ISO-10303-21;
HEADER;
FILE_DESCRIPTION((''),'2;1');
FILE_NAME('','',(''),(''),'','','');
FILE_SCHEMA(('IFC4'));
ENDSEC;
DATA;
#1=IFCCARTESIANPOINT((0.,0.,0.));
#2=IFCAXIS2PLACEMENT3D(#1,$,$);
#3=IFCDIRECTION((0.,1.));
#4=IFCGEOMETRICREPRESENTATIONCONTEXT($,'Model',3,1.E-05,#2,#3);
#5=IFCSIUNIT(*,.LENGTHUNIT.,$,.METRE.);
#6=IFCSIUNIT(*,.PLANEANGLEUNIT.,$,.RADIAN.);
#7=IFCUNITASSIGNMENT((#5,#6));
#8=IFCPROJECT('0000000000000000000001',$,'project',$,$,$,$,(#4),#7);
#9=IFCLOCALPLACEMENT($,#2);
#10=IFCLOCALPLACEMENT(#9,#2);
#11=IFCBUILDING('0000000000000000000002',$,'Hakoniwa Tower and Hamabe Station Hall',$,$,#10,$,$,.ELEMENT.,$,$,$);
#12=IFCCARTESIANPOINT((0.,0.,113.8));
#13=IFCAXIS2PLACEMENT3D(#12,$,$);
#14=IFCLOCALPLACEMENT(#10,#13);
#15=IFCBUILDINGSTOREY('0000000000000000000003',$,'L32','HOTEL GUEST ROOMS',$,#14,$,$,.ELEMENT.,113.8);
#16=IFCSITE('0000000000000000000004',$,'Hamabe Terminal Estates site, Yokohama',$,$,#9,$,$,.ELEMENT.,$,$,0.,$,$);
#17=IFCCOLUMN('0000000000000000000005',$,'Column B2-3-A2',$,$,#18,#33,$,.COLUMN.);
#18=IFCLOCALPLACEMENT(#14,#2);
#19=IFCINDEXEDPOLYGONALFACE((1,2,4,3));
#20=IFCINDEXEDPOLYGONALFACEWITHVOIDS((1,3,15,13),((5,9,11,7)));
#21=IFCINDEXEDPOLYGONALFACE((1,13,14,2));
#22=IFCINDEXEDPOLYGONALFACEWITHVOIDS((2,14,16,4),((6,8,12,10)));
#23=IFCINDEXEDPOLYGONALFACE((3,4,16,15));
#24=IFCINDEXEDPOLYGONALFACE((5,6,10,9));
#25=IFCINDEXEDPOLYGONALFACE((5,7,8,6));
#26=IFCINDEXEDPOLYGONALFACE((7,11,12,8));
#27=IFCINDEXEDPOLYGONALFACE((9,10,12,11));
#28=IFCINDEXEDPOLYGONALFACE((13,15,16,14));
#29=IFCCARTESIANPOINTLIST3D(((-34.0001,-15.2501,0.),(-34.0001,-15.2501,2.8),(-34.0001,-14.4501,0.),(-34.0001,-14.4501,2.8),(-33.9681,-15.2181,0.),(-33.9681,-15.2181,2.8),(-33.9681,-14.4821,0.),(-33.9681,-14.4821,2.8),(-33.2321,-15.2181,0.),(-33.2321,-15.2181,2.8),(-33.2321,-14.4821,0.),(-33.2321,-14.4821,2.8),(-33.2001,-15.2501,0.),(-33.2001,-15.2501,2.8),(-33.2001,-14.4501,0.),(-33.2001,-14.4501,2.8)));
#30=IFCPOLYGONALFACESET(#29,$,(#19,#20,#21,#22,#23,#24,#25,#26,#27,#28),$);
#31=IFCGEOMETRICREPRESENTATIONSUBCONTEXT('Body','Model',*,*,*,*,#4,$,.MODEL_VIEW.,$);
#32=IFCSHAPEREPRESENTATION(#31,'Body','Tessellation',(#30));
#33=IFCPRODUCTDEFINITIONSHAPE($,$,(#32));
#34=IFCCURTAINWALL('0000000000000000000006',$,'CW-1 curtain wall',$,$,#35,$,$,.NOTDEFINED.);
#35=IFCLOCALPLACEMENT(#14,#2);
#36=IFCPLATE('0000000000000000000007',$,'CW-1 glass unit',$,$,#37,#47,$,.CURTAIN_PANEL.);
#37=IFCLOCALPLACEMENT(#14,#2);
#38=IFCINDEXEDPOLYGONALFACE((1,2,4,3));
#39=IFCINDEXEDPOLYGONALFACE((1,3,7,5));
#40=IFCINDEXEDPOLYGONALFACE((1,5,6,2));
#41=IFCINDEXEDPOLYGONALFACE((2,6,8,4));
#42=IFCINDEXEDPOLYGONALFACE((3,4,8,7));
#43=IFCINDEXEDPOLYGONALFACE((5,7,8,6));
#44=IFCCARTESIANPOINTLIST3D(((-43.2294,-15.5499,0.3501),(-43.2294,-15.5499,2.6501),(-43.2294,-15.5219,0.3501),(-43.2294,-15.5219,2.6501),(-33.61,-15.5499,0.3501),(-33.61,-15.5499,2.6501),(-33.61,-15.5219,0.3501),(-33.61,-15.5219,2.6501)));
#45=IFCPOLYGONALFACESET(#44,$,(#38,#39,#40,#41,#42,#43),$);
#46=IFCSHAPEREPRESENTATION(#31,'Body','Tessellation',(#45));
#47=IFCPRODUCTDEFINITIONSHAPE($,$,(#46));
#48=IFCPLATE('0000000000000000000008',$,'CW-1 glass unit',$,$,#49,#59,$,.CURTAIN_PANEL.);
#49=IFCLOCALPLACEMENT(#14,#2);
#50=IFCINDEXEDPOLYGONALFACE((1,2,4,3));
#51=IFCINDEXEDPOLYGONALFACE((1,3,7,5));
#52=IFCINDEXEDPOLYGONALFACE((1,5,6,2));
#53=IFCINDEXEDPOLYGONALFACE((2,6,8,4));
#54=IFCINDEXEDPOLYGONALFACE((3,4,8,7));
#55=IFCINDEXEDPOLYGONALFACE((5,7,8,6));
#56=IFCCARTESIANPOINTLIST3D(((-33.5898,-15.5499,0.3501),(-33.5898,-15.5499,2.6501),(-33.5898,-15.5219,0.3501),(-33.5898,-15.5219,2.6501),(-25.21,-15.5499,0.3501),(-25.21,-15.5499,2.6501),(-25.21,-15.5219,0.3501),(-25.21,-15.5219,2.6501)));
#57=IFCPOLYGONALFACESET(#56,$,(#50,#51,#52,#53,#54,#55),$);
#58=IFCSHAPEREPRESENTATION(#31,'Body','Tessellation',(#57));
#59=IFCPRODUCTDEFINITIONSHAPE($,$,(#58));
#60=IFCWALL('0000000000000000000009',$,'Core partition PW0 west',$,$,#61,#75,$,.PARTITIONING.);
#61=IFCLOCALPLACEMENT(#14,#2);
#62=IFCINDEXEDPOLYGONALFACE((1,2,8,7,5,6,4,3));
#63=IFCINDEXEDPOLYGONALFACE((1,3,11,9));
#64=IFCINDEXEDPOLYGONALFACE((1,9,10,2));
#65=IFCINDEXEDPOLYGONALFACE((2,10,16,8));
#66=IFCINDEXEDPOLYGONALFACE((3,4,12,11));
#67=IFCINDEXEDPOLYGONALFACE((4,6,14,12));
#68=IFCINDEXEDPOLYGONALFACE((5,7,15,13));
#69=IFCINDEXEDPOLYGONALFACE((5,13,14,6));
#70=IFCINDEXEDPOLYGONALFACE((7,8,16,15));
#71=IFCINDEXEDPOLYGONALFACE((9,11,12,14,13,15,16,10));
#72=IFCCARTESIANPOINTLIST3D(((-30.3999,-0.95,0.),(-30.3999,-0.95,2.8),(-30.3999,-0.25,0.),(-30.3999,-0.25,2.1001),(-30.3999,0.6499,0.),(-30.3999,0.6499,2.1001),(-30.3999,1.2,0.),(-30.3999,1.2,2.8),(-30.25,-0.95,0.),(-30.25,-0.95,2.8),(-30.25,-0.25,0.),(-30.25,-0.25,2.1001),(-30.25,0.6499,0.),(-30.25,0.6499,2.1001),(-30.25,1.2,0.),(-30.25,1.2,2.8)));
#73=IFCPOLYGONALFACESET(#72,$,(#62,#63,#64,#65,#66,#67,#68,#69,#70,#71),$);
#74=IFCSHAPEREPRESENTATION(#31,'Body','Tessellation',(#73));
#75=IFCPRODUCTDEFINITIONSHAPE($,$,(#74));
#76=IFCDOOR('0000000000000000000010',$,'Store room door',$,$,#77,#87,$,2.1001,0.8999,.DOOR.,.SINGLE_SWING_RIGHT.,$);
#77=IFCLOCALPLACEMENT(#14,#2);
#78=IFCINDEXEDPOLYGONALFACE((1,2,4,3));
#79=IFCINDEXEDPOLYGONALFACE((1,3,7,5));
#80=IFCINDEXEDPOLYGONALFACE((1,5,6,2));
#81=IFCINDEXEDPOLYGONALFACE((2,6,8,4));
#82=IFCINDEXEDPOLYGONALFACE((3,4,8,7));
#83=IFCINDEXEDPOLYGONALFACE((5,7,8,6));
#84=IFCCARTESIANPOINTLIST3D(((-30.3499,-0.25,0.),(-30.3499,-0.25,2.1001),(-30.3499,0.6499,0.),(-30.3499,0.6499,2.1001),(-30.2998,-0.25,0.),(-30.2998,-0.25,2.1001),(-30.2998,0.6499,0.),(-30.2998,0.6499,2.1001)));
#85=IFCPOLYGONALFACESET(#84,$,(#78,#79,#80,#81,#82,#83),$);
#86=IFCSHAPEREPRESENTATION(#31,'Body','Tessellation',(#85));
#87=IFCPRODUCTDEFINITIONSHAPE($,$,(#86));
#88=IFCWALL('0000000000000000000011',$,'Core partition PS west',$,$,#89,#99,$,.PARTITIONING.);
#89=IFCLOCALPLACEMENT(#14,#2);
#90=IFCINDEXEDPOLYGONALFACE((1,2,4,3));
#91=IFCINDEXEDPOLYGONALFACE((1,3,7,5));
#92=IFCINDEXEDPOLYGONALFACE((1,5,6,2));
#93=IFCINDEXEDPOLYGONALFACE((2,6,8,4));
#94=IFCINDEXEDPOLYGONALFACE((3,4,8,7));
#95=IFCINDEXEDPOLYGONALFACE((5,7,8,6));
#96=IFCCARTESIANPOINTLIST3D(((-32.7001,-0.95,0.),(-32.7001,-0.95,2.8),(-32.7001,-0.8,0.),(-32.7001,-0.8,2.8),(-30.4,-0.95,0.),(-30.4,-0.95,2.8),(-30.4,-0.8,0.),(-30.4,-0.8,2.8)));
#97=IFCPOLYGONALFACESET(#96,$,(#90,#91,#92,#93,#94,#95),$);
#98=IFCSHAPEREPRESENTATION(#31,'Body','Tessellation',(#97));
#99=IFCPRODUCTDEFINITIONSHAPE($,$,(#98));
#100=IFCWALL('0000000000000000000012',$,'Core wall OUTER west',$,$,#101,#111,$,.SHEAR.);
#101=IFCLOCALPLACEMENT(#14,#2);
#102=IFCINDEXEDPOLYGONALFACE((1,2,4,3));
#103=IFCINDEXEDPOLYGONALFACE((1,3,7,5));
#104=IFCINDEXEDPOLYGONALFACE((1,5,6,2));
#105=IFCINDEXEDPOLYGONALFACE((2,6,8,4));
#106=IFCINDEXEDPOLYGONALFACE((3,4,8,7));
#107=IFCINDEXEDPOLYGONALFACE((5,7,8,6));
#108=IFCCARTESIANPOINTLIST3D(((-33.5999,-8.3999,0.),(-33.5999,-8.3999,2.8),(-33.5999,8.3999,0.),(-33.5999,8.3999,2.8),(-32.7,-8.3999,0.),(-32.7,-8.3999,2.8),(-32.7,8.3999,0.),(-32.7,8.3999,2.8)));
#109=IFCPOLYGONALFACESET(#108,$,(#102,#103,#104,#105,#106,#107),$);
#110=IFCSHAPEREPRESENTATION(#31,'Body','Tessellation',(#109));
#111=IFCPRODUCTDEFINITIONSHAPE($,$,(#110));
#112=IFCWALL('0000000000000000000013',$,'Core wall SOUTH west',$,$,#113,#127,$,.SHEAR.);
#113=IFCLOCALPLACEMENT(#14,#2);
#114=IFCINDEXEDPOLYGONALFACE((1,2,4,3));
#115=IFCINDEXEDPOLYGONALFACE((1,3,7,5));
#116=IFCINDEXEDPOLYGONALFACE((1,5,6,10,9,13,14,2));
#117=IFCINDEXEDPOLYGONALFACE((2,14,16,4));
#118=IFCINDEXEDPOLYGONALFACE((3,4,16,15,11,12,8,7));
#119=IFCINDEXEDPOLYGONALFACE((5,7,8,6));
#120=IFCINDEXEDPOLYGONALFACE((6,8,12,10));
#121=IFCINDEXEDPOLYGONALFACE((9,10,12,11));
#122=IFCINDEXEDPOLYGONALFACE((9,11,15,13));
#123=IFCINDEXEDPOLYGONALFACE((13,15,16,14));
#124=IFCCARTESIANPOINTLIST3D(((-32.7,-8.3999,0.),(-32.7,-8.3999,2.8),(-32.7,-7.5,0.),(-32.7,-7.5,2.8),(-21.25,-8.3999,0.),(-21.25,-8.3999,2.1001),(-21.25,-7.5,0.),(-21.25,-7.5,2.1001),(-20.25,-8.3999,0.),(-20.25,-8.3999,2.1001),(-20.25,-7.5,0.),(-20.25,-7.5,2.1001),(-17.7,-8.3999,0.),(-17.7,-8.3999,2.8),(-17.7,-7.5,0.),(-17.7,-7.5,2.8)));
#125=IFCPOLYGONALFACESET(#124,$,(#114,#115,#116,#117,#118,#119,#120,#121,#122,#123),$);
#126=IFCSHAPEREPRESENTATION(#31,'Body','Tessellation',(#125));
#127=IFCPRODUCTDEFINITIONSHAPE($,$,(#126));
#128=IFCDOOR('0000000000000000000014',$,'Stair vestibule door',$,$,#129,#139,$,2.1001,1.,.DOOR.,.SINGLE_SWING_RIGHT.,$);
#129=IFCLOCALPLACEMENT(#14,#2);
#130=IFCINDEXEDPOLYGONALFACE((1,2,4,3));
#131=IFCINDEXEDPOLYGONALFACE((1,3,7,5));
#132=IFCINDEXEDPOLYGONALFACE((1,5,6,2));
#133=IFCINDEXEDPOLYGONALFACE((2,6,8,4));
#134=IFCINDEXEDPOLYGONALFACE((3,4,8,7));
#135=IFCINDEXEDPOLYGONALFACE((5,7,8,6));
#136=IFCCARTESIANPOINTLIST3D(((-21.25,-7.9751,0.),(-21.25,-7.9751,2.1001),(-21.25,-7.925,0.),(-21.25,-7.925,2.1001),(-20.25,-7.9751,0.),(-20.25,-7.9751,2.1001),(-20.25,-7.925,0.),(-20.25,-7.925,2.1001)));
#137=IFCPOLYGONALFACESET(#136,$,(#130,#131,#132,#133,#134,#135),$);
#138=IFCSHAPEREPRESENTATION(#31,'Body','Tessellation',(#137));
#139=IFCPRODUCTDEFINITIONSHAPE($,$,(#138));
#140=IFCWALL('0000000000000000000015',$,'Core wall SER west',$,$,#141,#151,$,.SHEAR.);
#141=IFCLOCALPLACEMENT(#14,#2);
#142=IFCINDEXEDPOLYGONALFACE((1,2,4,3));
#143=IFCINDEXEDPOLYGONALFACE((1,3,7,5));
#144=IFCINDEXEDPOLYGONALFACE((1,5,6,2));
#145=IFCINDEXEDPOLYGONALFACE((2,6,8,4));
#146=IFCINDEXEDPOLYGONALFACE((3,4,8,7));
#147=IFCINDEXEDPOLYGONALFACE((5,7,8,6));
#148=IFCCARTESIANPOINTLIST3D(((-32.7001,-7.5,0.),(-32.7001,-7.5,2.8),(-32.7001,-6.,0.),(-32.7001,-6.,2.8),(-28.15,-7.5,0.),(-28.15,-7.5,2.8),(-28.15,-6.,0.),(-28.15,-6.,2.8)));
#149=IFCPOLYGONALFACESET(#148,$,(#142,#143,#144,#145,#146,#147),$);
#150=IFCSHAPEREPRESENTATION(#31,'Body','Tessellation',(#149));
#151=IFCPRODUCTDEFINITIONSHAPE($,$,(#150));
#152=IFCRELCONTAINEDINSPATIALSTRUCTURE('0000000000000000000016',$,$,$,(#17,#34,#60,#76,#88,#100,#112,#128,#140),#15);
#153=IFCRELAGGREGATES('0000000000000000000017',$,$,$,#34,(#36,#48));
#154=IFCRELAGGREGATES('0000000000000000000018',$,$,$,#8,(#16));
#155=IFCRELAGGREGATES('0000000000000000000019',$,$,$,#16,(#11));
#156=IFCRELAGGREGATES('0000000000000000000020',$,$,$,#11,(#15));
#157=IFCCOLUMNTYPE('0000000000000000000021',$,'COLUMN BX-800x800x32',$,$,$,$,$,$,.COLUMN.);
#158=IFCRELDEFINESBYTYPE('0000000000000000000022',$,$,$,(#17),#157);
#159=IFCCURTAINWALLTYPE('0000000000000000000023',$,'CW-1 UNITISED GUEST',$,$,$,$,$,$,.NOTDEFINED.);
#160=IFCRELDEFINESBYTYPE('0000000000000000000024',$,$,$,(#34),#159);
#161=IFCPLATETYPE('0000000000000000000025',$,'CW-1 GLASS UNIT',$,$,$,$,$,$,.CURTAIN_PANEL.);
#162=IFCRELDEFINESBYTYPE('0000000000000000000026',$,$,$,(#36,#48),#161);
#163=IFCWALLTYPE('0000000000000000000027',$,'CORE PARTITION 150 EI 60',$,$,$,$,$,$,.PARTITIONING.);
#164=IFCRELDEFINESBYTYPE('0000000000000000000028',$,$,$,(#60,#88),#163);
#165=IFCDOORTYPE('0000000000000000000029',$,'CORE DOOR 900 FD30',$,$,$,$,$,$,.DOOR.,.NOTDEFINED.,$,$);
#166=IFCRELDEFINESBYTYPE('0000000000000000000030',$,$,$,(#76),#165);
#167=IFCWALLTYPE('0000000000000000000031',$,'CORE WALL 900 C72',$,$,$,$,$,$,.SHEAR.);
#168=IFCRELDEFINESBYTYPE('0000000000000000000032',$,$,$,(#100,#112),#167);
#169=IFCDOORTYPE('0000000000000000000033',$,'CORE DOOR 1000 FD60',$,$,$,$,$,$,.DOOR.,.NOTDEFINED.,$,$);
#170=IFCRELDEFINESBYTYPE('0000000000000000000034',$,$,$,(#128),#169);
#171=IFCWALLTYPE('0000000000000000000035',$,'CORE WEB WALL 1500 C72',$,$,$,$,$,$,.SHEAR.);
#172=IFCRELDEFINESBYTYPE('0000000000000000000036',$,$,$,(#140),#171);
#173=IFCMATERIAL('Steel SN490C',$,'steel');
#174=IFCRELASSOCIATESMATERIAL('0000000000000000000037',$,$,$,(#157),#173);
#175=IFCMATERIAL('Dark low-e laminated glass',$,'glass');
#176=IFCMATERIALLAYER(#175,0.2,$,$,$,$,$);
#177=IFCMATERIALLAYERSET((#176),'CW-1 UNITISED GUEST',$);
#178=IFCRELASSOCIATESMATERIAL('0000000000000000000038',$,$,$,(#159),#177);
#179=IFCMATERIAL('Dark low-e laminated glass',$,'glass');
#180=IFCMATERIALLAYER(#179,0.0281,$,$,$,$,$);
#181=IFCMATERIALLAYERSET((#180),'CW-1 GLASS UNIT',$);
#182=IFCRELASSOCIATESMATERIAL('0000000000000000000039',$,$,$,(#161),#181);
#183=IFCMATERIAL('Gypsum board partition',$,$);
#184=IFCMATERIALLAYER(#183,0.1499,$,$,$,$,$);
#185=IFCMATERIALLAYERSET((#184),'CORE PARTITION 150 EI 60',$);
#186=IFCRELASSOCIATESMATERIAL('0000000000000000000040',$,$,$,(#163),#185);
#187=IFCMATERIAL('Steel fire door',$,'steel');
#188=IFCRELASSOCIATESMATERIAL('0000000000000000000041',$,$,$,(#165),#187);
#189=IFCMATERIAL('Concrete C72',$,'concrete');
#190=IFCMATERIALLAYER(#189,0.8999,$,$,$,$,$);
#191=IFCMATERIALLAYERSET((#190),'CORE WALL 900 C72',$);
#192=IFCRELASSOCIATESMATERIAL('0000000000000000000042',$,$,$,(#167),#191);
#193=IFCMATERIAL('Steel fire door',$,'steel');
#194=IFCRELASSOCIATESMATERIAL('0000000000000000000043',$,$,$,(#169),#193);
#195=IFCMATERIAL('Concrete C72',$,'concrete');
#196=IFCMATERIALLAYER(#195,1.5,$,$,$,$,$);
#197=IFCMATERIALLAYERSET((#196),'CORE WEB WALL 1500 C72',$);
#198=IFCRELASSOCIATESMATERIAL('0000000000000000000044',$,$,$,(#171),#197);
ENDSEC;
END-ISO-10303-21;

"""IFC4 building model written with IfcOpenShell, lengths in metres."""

from ifc_helpers import new_model, si_unit, direction, frame, frame_2d, origin, origin_2d, place, context, subcontext, project, spatial, rectangle, hollow_rectangle, extrude, material, layer, layer_set, material_profile, profile_set, type_object, element, fill, aggregate, save


model = new_model("IFC4")

# Units and contexts
model_context = context("Model", 3, precision=1e-05, world=origin(), true_north=direction((0.0, 1.0)))
body_context = subcontext(model_context, "Body", "Model", "MODEL_VIEW")
ifc_project = project(units=[si_unit("LENGTHUNIT", "METRE"), si_unit("PLANEANGLEUNIT", "RADIAN")], contexts=[model_context])

# Site, building, storey
site_placement = place(None, origin())
site = spatial("IfcSite", under=ifc_project, at=site_placement, Name="Hamabe Terminal Estates site, Yokohama", CompositionType="ELEMENT", RefElevation=0.0)
building_placement = place(site_placement, origin())
building = spatial("IfcBuilding", under=site, at=building_placement, Name="Hakoniwa Tower and Hamabe Station Hall", CompositionType="ELEMENT")
storey_placement = place(building_placement, frame((0.0, 0.0, 113.8)))
storey = spatial("IfcBuildingStorey", under=building, at=storey_placement, Name="L32", Description="HOTEL GUEST ROOMS", CompositionType="ELEMENT", Elevation=113.8)

# Column
ifc_material_1 = material(Name="Steel SN490C", Category="steel")
ifc_material_profile = material_profile(ifc_material_1, hollow_rectangle(XDim=0.8, YDim=0.8, WallThickness=0.032, at=origin_2d()), Name="BX-800x800x32")
ifc_profile_set = profile_set([ifc_material_profile], Name="Steel SN490C")
column_type = type_object("IfcColumnType", Name="COLUMN BX-800x800x32", PredefinedType="COLUMN", material=ifc_profile_set)
column_placement = place(storey_placement, frame((-33.6001, -14.8501, 0.0), z_axis=(0.0, 0.0, 1.0), x_axis=(1.0, 0.0, 0.0)))
element("IfcColumn", 1, at=column_placement, inside=storey, type_object=column_type, Name="Column B2-3-A2", PredefinedType="COLUMN", context=body_context, shape_type="SweptSolid", body=[
    extrude(hollow_rectangle(XDim=0.8, YDim=0.8, WallThickness=0.032, at=origin_2d()), origin(), (0.0, 0.0, 1.0), 2.8),
])

# Curtain wall, plates
ifc_material_2 = material(Name="Dark low-e laminated glass", Category="glass")
ifc_layer_1 = layer(ifc_material_2, 0.2)
ifc_layer_set_1 = layer_set([ifc_layer_1], Name="CW-1 UNITISED GUEST")
curtain_wall_type = type_object("IfcCurtainWallType", Name="CW-1 UNITISED GUEST", PredefinedType="NOTDEFINED", material=ifc_layer_set_1)
curtain_wall_placement = place(storey_placement, origin())
curtain_wall = element("IfcCurtainWall", 2, at=curtain_wall_placement, inside=storey, type_object=curtain_wall_type, Name="CW-1 curtain wall", PredefinedType="NOTDEFINED")
ifc_material_3 = material(Name="Dark low-e laminated glass", Category="glass")
ifc_layer_2 = layer(ifc_material_3, 0.0281)
ifc_layer_set_2 = layer_set([ifc_layer_2], Name="CW-1 GLASS UNIT")
plate_type = type_object("IfcPlateType", Name="CW-1 GLASS UNIT", PredefinedType="CURTAIN_PANEL", material=ifc_layer_set_2)
plate_1_placement = place(storey_placement, frame((-38.4197, -15.5359, 0.3501), z_axis=(0.0, 0.0, 1.0), x_axis=(1.0, 0.0, 0.0)))
plate_1 = element("IfcPlate", 3, at=plate_1_placement, type_object=plate_type, Name="CW-1 glass unit", PredefinedType="CURTAIN_PANEL", context=body_context, shape_type="SweptSolid", body=[
    extrude(rectangle(XDim=9.6194, YDim=0.0281, at=origin_2d()), origin(), (0.0, 0.0, 1.0), 2.3),
])
plate_2_placement = place(storey_placement, frame((-29.3999, -15.5359, 0.3501), z_axis=(0.0, 0.0, 1.0), x_axis=(1.0, 0.0, 0.0)))
plate_2 = element("IfcPlate", 4, at=plate_2_placement, type_object=plate_type, Name="CW-1 glass unit", PredefinedType="CURTAIN_PANEL", context=body_context, shape_type="SweptSolid", body=[
    extrude(rectangle(XDim=8.3799, YDim=0.0281, at=origin_2d()), origin(), (0.0, 0.0, 1.0), 2.3),
])
aggregate(curtain_wall, [plate_1, plate_2])

# Wall, opening, door
ifc_material_4 = material(Name="Gypsum board partition")
ifc_layer_3 = layer(ifc_material_4, 0.1499)
ifc_layer_set_3 = layer_set([ifc_layer_3], Name="CORE PARTITION 150 EI 60")
wall_type_1 = type_object("IfcWallType", Name="CORE PARTITION 150 EI 60", PredefinedType="PARTITIONING", material=ifc_layer_set_3)
wall_1_placement = place(storey_placement, frame((-30.325, -0.95, 0.0), z_axis=(0.0, 0.0, 1.0), x_axis=(0.0, 1.0, 0.0)))
wall_1 = element("IfcWall", 5, at=wall_1_placement, inside=storey, type_object=wall_type_1, Name="Core partition PW0 west", PredefinedType="PARTITIONING", context=body_context, shape_type="SweptSolid", body=[
    extrude(rectangle(XDim=2.1499, YDim=0.1499, at=frame_2d((1.075, 0.0))), origin(), (0.0, 0.0, 1.0), 2.8),
])
opening_1_placement = place(wall_1_placement, frame((0.7, 0.0, 0.0)))
opening_1 = element("IfcOpeningElement", 6, at=opening_1_placement, cuts=wall_1, PredefinedType="OPENING", context=body_context, shape_type="SweptSolid", body=[
    extrude(rectangle(XDim=0.8999, YDim=2.1001, at=frame_2d((0.45, 1.05))), frame((0.0, 0.085, 0.0), z_axis=(0.0, -1.0, 0.0), x_axis=(1.0, 0.0, 0.0)), (0.0, 0.0, 1.0), 0.1699),
])
ifc_material_5 = material(Name="Steel fire door", Category="steel")
door_type_1 = type_object("IfcDoorType", Name="CORE DOOR 900 FD30", OperationType="NOTDEFINED", PredefinedType="DOOR", material=ifc_material_5)
door_1_placement = place(opening_1_placement, origin())
door_1 = element("IfcDoor", 7, at=door_1_placement, inside=storey, type_object=door_type_1, Name="Store room door", OperationType="SINGLE_SWING_RIGHT", OverallHeight=2.1001, OverallWidth=0.8999, PredefinedType="DOOR", context=body_context, shape_type="SweptSolid", body=[
    extrude(rectangle(XDim=0.8999, YDim=2.1001, at=frame_2d((0.45, 1.05))), frame((0.0, 0.0249, 0.0), z_axis=(0.0, -1.0, 0.0), x_axis=(1.0, 0.0, 0.0)), (0.0, 0.0, 1.0), 0.05),
])
fill(opening_1, door_1)

# Walls
wall_2_placement = place(storey_placement, frame((-32.7, -0.875, 0.0), z_axis=(0.0, 0.0, 1.0), x_axis=(1.0, 0.0, 0.0)))
element("IfcWall", 8, at=wall_2_placement, inside=storey, type_object=wall_type_1, Name="Core partition PS west", PredefinedType="PARTITIONING", context=body_context, shape_type="SweptSolid", body=[
    extrude(rectangle(XDim=2.3, YDim=0.1499, at=frame_2d((1.1499, 0.0))), origin(), (0.0, 0.0, 1.0), 2.8),
])
ifc_material_6 = material(Name="Concrete C72", Category="concrete")
ifc_layer_4 = layer(ifc_material_6, 0.8999)
ifc_layer_set_4 = layer_set([ifc_layer_4], Name="CORE WALL 900 C72")
wall_type_2 = type_object("IfcWallType", Name="CORE WALL 900 C72", PredefinedType="SHEAR", material=ifc_layer_set_4)
wall_3_placement = place(storey_placement, frame((-33.1499, -8.3999, 0.0), z_axis=(0.0, 0.0, 1.0), x_axis=(0.0, 1.0, 0.0)))
element("IfcWall", 9, at=wall_3_placement, inside=storey, type_object=wall_type_2, Name="Core wall OUTER west", PredefinedType="SHEAR", context=body_context, shape_type="SweptSolid", body=[
    extrude(rectangle(XDim=16.7998, YDim=0.8999, at=frame_2d((8.3999, 0.0))), origin(), (0.0, 0.0, 1.0), 2.8),
])

# Wall, opening, door
wall_4_placement = place(storey_placement, frame((-32.7, -7.95, 0.0), z_axis=(0.0, 0.0, 1.0), x_axis=(1.0, 0.0, 0.0)))
wall_4 = element("IfcWall", 10, at=wall_4_placement, inside=storey, type_object=wall_type_2, Name="Core wall SOUTH west", PredefinedType="SHEAR", context=body_context, shape_type="SweptSolid", body=[
    extrude(rectangle(XDim=15.0, YDim=0.8999, at=frame_2d((7.5, 0.0))), origin(), (0.0, 0.0, 1.0), 2.8),
])
opening_2_placement = place(wall_4_placement, frame((11.45, 0.0, 0.0)))
opening_2 = element("IfcOpeningElement", 11, at=opening_2_placement, cuts=wall_4, PredefinedType="OPENING", context=body_context, shape_type="SweptSolid", body=[
    extrude(rectangle(XDim=1.0, YDim=2.1001, at=frame_2d((0.5, 1.05))), frame((0.0, 0.46, 0.0), z_axis=(0.0, -1.0, 0.0), x_axis=(1.0, 0.0, 0.0)), (0.0, 0.0, 1.0), 0.9199),
])
ifc_material_7 = material(Name="Steel fire door", Category="steel")
door_type_2 = type_object("IfcDoorType", Name="CORE DOOR 1000 FD60", OperationType="NOTDEFINED", PredefinedType="DOOR", material=ifc_material_7)
door_2_placement = place(opening_2_placement, origin())
door_2 = element("IfcDoor", 12, at=door_2_placement, inside=storey, type_object=door_type_2, Name="Stair vestibule door", OperationType="SINGLE_SWING_RIGHT", OverallHeight=2.1001, OverallWidth=1.0, PredefinedType="DOOR", context=body_context, shape_type="SweptSolid", body=[
    extrude(rectangle(XDim=1.0, YDim=2.1001, at=frame_2d((0.5, 1.05))), frame((0.0, 0.0249, 0.0), z_axis=(0.0, -1.0, 0.0), x_axis=(1.0, 0.0, 0.0)), (0.0, 0.0, 1.0), 0.05),
])
fill(opening_2, door_2)

# Wall
ifc_material_8 = material(Name="Concrete C72", Category="concrete")
ifc_layer_5 = layer(ifc_material_8, 1.5)
ifc_layer_set_5 = layer_set([ifc_layer_5], Name="CORE WEB WALL 1500 C72")
wall_type_3 = type_object("IfcWallType", Name="CORE WEB WALL 1500 C72", PredefinedType="SHEAR", material=ifc_layer_set_5)
wall_5_placement = place(storey_placement, frame((-32.7, -6.75, 0.0), z_axis=(0.0, 0.0, 1.0), x_axis=(1.0, 0.0, 0.0)))
element("IfcWall", 13, at=wall_5_placement, inside=storey, type_object=wall_type_3, Name="Core wall SER west", PredefinedType="SHEAR", context=body_context, shape_type="SweptSolid", body=[
    extrude(rectangle(XDim=4.55, YDim=1.5, at=frame_2d((2.2749, 0.0))), origin(), (0.0, 0.0, 1.0), 2.8),
])

save(model, "model.ifc")
